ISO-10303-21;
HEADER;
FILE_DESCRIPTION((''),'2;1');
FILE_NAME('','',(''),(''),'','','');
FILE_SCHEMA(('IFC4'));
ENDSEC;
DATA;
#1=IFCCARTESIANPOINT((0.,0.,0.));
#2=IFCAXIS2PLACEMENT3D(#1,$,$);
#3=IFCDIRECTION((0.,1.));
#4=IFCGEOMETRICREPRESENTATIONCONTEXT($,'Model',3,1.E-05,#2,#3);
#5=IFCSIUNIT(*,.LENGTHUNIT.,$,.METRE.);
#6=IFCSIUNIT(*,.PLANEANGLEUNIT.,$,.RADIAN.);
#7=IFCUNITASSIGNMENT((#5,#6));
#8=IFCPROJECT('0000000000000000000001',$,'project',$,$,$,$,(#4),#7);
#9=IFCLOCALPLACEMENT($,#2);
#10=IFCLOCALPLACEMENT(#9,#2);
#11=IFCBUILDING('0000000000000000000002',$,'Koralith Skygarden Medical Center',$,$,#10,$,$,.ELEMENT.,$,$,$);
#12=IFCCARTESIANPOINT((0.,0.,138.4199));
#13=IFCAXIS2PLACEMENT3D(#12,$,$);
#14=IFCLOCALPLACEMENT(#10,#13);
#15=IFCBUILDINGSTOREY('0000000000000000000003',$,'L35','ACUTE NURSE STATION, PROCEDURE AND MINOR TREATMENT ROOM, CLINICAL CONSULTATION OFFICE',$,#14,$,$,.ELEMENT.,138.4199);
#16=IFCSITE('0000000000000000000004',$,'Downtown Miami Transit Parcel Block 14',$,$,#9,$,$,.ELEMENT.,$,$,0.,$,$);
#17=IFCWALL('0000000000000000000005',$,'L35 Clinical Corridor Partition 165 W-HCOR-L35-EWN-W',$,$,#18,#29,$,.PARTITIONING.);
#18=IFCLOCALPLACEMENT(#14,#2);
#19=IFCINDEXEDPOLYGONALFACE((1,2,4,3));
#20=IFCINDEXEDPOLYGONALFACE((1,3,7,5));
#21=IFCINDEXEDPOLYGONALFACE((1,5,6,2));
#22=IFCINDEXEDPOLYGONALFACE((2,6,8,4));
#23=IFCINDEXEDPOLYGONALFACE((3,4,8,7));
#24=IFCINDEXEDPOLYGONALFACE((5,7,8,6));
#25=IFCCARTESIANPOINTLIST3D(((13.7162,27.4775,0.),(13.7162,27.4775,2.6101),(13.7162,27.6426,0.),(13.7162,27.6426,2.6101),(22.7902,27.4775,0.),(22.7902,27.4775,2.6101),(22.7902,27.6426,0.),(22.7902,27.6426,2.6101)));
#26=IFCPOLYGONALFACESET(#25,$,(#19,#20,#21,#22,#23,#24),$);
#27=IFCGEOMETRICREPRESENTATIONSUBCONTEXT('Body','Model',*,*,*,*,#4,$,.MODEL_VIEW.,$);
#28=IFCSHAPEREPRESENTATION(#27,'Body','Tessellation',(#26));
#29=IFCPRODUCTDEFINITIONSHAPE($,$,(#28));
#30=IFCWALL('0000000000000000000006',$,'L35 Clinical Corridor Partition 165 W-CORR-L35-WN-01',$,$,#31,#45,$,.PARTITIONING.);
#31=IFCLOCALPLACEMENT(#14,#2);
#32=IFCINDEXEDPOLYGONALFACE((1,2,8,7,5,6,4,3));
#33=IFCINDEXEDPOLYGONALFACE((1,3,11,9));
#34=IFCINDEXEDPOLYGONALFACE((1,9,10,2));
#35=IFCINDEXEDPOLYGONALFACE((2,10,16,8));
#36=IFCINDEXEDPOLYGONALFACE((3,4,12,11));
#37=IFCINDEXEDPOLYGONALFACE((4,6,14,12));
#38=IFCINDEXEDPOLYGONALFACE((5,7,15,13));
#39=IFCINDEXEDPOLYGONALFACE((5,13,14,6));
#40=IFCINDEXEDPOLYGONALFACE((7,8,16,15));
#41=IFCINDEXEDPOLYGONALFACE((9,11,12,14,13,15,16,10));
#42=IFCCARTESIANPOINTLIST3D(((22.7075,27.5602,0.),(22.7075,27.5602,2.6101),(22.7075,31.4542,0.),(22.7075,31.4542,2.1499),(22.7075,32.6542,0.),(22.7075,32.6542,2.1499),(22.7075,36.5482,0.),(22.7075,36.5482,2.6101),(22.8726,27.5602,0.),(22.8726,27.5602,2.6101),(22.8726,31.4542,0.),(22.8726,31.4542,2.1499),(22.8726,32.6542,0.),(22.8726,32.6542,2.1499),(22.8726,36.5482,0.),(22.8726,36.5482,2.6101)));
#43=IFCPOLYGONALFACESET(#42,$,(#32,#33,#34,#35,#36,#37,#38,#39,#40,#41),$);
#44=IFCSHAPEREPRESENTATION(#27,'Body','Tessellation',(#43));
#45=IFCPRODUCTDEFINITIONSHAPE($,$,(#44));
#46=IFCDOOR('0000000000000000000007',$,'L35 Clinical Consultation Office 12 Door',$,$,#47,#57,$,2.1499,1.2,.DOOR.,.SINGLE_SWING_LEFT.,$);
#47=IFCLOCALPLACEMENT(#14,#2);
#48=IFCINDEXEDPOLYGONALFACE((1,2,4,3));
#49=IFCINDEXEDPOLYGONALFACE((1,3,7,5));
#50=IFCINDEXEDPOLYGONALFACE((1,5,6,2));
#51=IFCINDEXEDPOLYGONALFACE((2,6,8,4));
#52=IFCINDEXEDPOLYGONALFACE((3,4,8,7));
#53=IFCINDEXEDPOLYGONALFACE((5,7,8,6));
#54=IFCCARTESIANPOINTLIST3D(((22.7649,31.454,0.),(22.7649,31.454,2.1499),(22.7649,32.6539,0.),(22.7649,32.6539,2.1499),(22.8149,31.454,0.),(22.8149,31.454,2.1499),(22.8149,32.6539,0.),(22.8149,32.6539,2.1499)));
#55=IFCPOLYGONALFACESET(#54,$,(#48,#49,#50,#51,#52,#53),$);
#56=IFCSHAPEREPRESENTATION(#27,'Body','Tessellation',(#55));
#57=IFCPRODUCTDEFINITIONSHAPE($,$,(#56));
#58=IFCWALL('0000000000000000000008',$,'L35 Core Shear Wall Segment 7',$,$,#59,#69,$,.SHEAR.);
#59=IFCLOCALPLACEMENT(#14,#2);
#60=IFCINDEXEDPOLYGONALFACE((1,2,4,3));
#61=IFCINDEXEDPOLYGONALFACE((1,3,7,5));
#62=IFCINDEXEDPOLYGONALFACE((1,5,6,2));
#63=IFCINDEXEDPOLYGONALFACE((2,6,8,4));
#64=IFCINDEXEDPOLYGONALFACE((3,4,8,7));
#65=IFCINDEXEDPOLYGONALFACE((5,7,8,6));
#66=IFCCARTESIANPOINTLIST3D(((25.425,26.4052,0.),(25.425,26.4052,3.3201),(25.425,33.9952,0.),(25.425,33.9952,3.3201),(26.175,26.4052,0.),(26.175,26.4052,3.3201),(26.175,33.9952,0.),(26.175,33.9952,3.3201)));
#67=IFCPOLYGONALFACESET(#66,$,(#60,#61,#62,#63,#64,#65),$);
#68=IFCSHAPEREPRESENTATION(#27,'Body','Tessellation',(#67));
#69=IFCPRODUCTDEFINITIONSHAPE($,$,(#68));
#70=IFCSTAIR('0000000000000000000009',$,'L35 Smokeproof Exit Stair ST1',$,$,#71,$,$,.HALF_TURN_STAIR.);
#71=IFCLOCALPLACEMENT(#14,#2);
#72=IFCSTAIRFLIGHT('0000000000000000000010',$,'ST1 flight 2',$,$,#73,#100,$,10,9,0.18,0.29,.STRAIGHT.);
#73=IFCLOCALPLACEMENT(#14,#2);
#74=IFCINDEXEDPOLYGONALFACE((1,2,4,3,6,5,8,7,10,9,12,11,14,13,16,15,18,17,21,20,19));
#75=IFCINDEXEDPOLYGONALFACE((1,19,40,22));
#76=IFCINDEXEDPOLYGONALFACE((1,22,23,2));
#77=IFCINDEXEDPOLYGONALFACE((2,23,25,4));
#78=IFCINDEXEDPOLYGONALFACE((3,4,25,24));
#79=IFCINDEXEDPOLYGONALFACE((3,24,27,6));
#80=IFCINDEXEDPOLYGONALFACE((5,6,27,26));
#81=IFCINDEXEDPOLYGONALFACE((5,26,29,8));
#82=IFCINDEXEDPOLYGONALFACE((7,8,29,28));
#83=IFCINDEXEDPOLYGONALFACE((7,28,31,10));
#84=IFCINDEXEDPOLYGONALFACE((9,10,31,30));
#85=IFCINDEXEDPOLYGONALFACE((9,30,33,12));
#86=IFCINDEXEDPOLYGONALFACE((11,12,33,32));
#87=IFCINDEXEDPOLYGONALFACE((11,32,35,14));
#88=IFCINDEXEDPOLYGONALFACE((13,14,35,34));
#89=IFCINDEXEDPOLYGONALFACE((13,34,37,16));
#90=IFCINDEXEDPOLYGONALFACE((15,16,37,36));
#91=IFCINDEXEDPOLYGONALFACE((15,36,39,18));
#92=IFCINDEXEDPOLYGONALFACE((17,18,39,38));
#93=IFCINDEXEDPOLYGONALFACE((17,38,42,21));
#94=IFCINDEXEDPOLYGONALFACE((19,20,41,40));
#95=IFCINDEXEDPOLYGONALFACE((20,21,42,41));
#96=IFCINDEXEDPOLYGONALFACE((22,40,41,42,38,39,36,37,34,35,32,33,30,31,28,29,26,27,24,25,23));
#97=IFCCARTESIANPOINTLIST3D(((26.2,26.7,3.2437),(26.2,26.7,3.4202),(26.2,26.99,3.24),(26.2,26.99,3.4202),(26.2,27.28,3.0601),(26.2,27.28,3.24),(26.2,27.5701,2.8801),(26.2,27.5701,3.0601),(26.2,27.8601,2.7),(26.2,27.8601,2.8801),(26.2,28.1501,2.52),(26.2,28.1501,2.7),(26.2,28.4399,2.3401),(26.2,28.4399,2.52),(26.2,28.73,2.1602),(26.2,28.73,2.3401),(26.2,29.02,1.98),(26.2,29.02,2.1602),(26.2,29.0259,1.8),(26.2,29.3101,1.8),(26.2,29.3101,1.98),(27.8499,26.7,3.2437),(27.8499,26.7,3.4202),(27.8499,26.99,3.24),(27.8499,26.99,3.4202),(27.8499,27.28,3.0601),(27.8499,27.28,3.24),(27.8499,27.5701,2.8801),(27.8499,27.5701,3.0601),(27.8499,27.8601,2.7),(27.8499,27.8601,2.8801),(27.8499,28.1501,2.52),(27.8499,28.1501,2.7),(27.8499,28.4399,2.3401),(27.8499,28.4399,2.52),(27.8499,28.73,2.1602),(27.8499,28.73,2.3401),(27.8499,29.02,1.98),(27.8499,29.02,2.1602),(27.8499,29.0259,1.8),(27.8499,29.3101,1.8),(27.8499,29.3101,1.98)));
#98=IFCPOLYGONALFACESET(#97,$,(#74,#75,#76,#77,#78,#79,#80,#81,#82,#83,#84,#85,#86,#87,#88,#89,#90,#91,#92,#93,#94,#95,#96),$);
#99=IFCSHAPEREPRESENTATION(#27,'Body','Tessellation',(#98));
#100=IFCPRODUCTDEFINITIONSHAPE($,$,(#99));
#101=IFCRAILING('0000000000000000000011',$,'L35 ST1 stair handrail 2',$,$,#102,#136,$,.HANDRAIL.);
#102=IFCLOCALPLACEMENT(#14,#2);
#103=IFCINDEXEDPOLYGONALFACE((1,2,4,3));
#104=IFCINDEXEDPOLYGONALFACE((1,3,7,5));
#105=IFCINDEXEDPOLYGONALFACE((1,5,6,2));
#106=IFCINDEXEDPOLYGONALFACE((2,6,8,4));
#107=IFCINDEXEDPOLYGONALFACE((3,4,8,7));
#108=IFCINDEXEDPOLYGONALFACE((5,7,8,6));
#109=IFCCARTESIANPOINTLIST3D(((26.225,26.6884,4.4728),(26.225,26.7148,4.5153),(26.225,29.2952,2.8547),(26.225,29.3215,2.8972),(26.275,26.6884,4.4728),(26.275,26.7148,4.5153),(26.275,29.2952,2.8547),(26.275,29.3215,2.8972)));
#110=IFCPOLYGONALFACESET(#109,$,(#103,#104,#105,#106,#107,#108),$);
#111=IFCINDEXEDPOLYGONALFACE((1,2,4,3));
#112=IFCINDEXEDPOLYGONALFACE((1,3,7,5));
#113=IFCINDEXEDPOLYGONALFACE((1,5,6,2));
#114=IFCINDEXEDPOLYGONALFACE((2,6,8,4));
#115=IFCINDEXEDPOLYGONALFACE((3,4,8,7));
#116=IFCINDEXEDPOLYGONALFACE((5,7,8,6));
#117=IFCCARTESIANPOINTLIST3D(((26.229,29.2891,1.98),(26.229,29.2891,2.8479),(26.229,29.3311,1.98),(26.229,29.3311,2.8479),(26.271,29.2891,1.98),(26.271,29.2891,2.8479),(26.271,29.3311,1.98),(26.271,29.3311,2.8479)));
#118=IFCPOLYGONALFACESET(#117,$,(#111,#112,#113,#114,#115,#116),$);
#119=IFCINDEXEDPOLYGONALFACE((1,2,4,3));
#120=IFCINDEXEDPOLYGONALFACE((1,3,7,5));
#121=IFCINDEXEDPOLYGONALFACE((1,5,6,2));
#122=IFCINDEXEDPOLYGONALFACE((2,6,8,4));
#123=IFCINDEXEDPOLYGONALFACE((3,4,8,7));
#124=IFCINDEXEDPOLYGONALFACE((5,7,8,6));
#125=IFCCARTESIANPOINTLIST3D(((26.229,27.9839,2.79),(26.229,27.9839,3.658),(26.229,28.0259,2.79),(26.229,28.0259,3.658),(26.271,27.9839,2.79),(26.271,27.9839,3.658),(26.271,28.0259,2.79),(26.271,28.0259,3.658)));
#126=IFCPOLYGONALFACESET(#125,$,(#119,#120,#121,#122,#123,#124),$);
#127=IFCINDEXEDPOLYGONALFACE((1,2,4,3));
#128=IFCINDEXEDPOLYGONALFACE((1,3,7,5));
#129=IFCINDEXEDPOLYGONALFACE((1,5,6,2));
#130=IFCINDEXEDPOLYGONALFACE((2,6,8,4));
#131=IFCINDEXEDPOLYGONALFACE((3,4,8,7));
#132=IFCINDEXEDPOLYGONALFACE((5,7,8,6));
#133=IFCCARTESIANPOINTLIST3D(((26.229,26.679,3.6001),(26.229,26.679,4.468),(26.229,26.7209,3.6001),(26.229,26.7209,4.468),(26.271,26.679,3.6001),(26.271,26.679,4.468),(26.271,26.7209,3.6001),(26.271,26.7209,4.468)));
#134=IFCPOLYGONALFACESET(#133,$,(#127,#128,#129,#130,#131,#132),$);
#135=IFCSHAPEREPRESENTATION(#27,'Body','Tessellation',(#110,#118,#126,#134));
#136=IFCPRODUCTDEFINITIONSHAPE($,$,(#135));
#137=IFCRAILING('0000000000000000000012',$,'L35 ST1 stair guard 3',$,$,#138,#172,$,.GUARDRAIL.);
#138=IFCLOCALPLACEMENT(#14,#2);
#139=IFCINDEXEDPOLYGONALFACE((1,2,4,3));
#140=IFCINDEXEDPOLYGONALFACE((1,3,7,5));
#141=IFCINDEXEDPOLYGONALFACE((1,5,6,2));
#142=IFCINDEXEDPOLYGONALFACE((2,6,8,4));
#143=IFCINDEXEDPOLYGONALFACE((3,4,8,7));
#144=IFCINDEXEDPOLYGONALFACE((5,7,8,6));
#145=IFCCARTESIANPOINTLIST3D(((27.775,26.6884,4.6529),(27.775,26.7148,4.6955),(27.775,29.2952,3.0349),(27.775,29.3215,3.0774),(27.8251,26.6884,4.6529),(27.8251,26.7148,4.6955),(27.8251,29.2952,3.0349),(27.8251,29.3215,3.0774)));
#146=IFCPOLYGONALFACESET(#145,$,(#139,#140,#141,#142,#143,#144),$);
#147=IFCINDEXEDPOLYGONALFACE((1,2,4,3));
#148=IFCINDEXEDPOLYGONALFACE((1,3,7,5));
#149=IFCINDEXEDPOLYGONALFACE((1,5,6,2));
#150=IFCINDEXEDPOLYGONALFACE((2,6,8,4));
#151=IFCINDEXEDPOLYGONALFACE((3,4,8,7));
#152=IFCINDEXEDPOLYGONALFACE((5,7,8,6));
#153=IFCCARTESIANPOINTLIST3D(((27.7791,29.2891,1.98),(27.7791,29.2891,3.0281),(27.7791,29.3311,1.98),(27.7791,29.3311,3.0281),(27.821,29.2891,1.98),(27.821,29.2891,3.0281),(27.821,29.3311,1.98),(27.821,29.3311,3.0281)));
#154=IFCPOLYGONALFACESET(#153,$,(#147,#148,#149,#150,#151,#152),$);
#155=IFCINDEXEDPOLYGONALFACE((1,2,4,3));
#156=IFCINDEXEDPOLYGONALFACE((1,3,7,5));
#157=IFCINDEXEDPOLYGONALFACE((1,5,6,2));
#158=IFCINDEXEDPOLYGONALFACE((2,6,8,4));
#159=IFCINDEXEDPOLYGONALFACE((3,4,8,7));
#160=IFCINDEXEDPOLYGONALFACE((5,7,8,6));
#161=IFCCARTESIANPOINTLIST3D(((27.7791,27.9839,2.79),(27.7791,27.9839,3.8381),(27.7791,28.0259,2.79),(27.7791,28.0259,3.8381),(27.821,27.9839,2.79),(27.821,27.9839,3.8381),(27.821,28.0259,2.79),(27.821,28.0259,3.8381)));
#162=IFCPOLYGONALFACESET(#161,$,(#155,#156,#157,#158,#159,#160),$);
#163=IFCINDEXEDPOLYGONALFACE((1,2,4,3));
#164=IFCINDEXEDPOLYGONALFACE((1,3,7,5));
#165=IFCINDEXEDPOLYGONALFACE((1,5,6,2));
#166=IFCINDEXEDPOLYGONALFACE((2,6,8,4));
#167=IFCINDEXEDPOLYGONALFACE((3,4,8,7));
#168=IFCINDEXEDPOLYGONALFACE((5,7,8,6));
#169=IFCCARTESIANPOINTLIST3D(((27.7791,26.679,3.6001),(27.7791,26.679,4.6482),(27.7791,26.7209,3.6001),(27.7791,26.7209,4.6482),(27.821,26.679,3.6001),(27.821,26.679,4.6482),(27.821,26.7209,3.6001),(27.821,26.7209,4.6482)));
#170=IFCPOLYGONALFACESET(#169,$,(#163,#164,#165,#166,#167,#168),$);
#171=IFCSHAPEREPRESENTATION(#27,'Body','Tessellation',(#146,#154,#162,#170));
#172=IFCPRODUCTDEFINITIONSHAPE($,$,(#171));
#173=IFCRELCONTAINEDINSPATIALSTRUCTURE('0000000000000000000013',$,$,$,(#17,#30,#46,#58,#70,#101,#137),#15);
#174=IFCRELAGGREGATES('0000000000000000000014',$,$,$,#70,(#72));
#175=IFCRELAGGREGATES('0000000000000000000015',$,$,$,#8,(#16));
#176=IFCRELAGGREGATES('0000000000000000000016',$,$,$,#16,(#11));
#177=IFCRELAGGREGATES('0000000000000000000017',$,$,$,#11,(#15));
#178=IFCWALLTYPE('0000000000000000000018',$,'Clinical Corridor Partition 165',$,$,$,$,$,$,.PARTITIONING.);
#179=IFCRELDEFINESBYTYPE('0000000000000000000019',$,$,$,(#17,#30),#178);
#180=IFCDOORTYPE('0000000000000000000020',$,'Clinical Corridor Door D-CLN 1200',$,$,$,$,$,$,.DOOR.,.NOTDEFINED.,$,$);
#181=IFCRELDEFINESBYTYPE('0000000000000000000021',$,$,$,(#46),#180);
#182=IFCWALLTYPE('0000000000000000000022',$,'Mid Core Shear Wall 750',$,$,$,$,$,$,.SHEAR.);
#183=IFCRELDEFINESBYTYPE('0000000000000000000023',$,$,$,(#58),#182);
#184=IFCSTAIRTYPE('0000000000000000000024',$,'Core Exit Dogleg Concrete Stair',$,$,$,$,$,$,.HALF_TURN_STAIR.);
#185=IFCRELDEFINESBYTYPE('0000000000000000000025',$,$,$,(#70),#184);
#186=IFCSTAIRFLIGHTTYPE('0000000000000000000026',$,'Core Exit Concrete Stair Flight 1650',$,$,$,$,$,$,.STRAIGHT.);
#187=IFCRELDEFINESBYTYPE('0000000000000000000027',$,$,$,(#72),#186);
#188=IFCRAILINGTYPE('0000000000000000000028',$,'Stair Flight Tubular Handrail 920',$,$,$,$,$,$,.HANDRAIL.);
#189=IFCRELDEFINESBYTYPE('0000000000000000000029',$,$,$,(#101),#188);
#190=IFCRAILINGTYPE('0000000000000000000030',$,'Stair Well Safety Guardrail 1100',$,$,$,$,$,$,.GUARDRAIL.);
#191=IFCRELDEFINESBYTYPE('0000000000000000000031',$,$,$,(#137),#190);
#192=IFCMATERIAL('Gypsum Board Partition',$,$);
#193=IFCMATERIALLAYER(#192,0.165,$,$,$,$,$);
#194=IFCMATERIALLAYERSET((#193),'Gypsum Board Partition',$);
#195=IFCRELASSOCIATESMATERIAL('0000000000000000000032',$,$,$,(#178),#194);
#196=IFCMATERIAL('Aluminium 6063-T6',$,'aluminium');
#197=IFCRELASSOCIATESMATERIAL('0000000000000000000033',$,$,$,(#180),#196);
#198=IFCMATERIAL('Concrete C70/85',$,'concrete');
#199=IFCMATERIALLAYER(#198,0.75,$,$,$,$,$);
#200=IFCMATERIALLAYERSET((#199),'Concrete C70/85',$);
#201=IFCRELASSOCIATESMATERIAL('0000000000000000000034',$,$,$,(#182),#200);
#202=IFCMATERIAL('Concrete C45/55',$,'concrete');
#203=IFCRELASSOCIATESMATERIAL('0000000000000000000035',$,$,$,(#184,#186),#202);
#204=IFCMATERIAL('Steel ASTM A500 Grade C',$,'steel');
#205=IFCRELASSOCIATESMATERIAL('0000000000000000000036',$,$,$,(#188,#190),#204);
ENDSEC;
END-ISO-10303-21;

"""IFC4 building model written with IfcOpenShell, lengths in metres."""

from ifc_helpers import new_model, si_unit, direction, frame, frame_2d, origin, origin_2d, place, context, subcontext, project, spatial, polyline, rectangle, outline, extrude, material, layer, layer_set, type_object, element, fill, aggregate, save


model = new_model("IFC4")

# Units and contexts
model_context = context("Model", 3, precision=1e-05, world=origin(), true_north=direction((0.0, 1.0)))
body_context = subcontext(model_context, "Body", "Model", "MODEL_VIEW")
ifc_project = project(units=[si_unit("LENGTHUNIT", "METRE"), si_unit("PLANEANGLEUNIT", "RADIAN")], contexts=[model_context])

# Site, building, storey
site_placement = place(None, origin())
site = spatial("IfcSite", under=ifc_project, at=site_placement, Name="Downtown Miami Transit Parcel Block 14", CompositionType="ELEMENT", RefElevation=0.0)
building_placement = place(site_placement, origin())
building = spatial("IfcBuilding", under=site, at=building_placement, Name="Koralith Skygarden Medical Center", CompositionType="ELEMENT")
storey_placement = place(building_placement, frame((0.0, 0.0, 138.4199)))
storey = spatial("IfcBuildingStorey", under=building, at=storey_placement, Name="L35", Description="ACUTE NURSE STATION, PROCEDURE AND MINOR TREATMENT ROOM, CLINICAL CONSULTATION OFFICE", CompositionType="ELEMENT", Elevation=138.4199)

# Shared definitions
ifc_material_1 = material(Name="Concrete C70/85", Category="concrete")

# Shared definitions
ifc_material_2 = material(Name="Aluminium 6063-T6", Category="aluminium")

# Shared definitions
ifc_material_3 = material(Name="Concrete C45/55", Category="concrete")

# Wall
ifc_material_4 = material(Name="Gypsum Board Partition")
ifc_layer_1 = layer(ifc_material_4, 0.165)
ifc_layer_set_1 = layer_set([ifc_layer_1], Name="Gypsum Board Partition")
wall_type_1 = type_object("IfcWallType", Name="Clinical Corridor Partition 165", PredefinedType="PARTITIONING", material=ifc_layer_set_1)
wall_1_placement = place(storey_placement, frame((13.7161, 27.5601, 0.0), z_axis=(0.0, 0.0, 1.0), x_axis=(1.0, 0.0, 0.0)))
element("IfcWall", 1, at=wall_1_placement, inside=storey, type_object=wall_type_1, Name="L35 Clinical Corridor Partition 165 W-HCOR-L35-EWN-W", PredefinedType="PARTITIONING", context=body_context, shape_type="SweptSolid", body=[
    extrude(rectangle(XDim=9.074, YDim=0.165, at=frame_2d((4.5371, 0.0))), origin(), (0.0, 0.0, 1.0), 2.6101),
])

# Wall, opening, door
wall_2_placement = place(storey_placement, frame((22.79, 27.5601, 0.0), z_axis=(0.0, 0.0, 1.0), x_axis=(0.0, 1.0, 0.0)))
wall_2 = element("IfcWall", 2, at=wall_2_placement, inside=storey, type_object=wall_type_1, Name="L35 Clinical Corridor Partition 165 W-CORR-L35-WN-01", PredefinedType="PARTITIONING", context=body_context, shape_type="SweptSolid", body=[
    extrude(rectangle(XDim=8.988, YDim=0.165, at=frame_2d((4.4941, 0.0))), origin(), (0.0, 0.0, 1.0), 2.6101),
])
opening_placement = place(wall_2_placement, frame((3.894, 0.0, 0.0)))
opening = element("IfcOpeningElement", 3, at=opening_placement, cuts=wall_2, PredefinedType="OPENING", context=body_context, shape_type="SweptSolid", body=[
    extrude(rectangle(XDim=1.2, YDim=2.1499, at=frame_2d((0.6001, 1.075))), frame((0.0, 0.0925, 0.0), z_axis=(0.0, -1.0, 0.0), x_axis=(1.0, 0.0, 0.0)), (0.0, 0.0, 1.0), 0.1851),
])
door_type = type_object("IfcDoorType", Name="Clinical Corridor Door D-CLN 1200", OperationType="NOTDEFINED", PredefinedType="DOOR", material=ifc_material_2)
door_placement = place(opening_placement, frame((1.2, 0.0, 0.0), z_axis=(0.0, 0.0, 1.0), x_axis=(-1.0, 0.0, 0.0)))
door = element("IfcDoor", 4, at=door_placement, inside=storey, type_object=door_type, Name="L35 Clinical Consultation Office 12 Door", OperationType="SINGLE_SWING_LEFT", OverallHeight=2.1499, OverallWidth=1.2, PredefinedType="DOOR", context=body_context, shape_type="SweptSolid", body=[
    extrude(rectangle(XDim=1.2, YDim=2.1499, at=frame_2d((0.6001, 1.075))), frame((0.0, 0.0249, 0.0), z_axis=(0.0, -1.0, 0.0), x_axis=(1.0, 0.0, 0.0)), (0.0, 0.0, 1.0), 0.05),
])
fill(opening, door)

# Wall
ifc_layer_2 = layer(ifc_material_1, 0.75)
ifc_layer_set_2 = layer_set([ifc_layer_2], Name="Concrete C70/85")
wall_type_2 = type_object("IfcWallType", Name="Mid Core Shear Wall 750", PredefinedType="SHEAR", material=ifc_layer_set_2)
wall_3_placement = place(storey_placement, frame((25.8, 33.9951, 0.0), z_axis=(0.0, 0.0, 1.0), x_axis=(0.0, -1.0, 0.0)))
element("IfcWall", 5, at=wall_3_placement, inside=storey, type_object=wall_type_2, Name="L35 Core Shear Wall Segment 7", PredefinedType="SHEAR", context=body_context, shape_type="SweptSolid", body=[
    extrude(rectangle(XDim=7.5901, YDim=0.75, at=frame_2d((3.7949, 0.0))), origin(), (0.0, 0.0, 1.0), 3.3201),
])

# Stair, stair flight
stair_type = type_object("IfcStairType", Name="Core Exit Dogleg Concrete Stair", PredefinedType="HALF_TURN_STAIR", material=ifc_material_3)
stair_placement = place(storey_placement, origin())
stair = element("IfcStair", 6, at=stair_placement, inside=storey, type_object=stair_type, Name="L35 Smokeproof Exit Stair ST1", PredefinedType="HALF_TURN_STAIR")
stair_flight_type = type_object("IfcStairFlightType", Name="Core Exit Concrete Stair Flight 1650", PredefinedType="STRAIGHT", material=ifc_material_3)
stair_flight_placement = place(storey_placement, frame((27.0249, 29.3101, 1.8), z_axis=(0.0, 0.0, 1.0), x_axis=(0.0, -1.0, 0.0)))
stair_flight = element("IfcStairFlight", 7, at=stair_flight_placement, type_object=stair_flight_type, Name="ST1 flight 2", NumberOfRisers=10, NumberOfTreads=9, PredefinedType="STRAIGHT", RiserHeight=0.18, TreadLength=0.29, context=body_context, shape_type="SweptSolid", body=[
    extrude(outline(polyline([(0.0, 0.0), (0.0, 0.1799), (0.29, 0.1799), (0.29, 0.3601), (0.5801, 0.3601), (0.5801, 0.54), (0.8701, 0.54), (0.8701, 0.72), (1.1599, 0.72), (1.1599, 0.8999), (1.45, 0.8999), (1.45, 1.0801), (1.74, 1.0801), (1.74, 1.26), (2.03, 1.26), (2.03, 1.4399), (2.3201, 1.4399), (2.3201, 1.6201), (2.6101, 1.6201), (2.6101, 1.8), (2.6101, 1.4436), (0.2842, 0.0), (0.0, 0.0)])), frame((0.0, 0.825, 0.0), z_axis=(0.0, -1.0, 0.0), x_axis=(1.0, 0.0, 0.0)), (0.0, 0.0, 1.0), 1.6499),
])
aggregate(stair, [stair_flight])

# Railings
ifc_material_5 = material(Name="Steel ASTM A500 Grade C", Category="steel")
railing_type_1 = type_object("IfcRailingType", Name="Stair Flight Tubular Handrail 920", PredefinedType="HANDRAIL", material=ifc_material_5)
railing_1_placement = place(storey_placement, frame((26.25, 29.3101, 1.98)))
element("IfcRailing", 8, at=railing_1_placement, inside=storey, type_object=railing_type_1, Name="L35 ST1 stair handrail 2", PredefinedType="HANDRAIL", context=body_context, shape_type="SweptSolid", body=[
    extrude(rectangle(XDim=0.05, YDim=0.05, at=origin_2d()), frame((0.0, -0.0017, 0.896), z_axis=(0.0, -0.849633, 0.527375), x_axis=(1.0, 0.0, 0.0)), (0.0, 0.0, 1.0), 3.0681),
    extrude(rectangle(XDim=0.042, YDim=0.042, at=origin_2d()), origin(), (0.0, 0.0, 1.0), 0.8679),
    extrude(rectangle(XDim=0.042, YDim=0.042, at=origin_2d()), frame((0.0, -1.3052, 0.8101)), (0.0, 0.0, 1.0), 0.8679),
    extrude(rectangle(XDim=0.042, YDim=0.042, at=origin_2d()), frame((0.0, -2.6101, 1.6201)), (0.0, 0.0, 1.0), 0.8679),
])
railing_type_2 = type_object("IfcRailingType", Name="Stair Well Safety Guardrail 1100", PredefinedType="GUARDRAIL", material=ifc_material_5)
railing_2_placement = place(storey_placement, frame((27.8, 29.3101, 1.98)))
element("IfcRailing", 9, at=railing_2_placement, inside=storey, type_object=railing_type_2, Name="L35 ST1 stair guard 3", PredefinedType="GUARDRAIL", context=body_context, shape_type="SweptSolid", body=[
    extrude(rectangle(XDim=0.05, YDim=0.05, at=origin_2d()), frame((0.0, -0.0017, 1.0762), z_axis=(0.0, -0.849633, 0.527375), x_axis=(1.0, 0.0, 0.0)), (0.0, 0.0, 1.0), 3.0681),
    extrude(rectangle(XDim=0.042, YDim=0.042, at=origin_2d()), origin(), (0.0, 0.0, 1.0), 1.0481),
    extrude(rectangle(XDim=0.042, YDim=0.042, at=origin_2d()), frame((0.0, -1.3052, 0.8101)), (0.0, 0.0, 1.0), 1.0481),
    extrude(rectangle(XDim=0.042, YDim=0.042, at=origin_2d()), frame((0.0, -2.6101, 1.6201)), (0.0, 0.0, 1.0), 1.0481),
])

save(model, "model.ifc")
